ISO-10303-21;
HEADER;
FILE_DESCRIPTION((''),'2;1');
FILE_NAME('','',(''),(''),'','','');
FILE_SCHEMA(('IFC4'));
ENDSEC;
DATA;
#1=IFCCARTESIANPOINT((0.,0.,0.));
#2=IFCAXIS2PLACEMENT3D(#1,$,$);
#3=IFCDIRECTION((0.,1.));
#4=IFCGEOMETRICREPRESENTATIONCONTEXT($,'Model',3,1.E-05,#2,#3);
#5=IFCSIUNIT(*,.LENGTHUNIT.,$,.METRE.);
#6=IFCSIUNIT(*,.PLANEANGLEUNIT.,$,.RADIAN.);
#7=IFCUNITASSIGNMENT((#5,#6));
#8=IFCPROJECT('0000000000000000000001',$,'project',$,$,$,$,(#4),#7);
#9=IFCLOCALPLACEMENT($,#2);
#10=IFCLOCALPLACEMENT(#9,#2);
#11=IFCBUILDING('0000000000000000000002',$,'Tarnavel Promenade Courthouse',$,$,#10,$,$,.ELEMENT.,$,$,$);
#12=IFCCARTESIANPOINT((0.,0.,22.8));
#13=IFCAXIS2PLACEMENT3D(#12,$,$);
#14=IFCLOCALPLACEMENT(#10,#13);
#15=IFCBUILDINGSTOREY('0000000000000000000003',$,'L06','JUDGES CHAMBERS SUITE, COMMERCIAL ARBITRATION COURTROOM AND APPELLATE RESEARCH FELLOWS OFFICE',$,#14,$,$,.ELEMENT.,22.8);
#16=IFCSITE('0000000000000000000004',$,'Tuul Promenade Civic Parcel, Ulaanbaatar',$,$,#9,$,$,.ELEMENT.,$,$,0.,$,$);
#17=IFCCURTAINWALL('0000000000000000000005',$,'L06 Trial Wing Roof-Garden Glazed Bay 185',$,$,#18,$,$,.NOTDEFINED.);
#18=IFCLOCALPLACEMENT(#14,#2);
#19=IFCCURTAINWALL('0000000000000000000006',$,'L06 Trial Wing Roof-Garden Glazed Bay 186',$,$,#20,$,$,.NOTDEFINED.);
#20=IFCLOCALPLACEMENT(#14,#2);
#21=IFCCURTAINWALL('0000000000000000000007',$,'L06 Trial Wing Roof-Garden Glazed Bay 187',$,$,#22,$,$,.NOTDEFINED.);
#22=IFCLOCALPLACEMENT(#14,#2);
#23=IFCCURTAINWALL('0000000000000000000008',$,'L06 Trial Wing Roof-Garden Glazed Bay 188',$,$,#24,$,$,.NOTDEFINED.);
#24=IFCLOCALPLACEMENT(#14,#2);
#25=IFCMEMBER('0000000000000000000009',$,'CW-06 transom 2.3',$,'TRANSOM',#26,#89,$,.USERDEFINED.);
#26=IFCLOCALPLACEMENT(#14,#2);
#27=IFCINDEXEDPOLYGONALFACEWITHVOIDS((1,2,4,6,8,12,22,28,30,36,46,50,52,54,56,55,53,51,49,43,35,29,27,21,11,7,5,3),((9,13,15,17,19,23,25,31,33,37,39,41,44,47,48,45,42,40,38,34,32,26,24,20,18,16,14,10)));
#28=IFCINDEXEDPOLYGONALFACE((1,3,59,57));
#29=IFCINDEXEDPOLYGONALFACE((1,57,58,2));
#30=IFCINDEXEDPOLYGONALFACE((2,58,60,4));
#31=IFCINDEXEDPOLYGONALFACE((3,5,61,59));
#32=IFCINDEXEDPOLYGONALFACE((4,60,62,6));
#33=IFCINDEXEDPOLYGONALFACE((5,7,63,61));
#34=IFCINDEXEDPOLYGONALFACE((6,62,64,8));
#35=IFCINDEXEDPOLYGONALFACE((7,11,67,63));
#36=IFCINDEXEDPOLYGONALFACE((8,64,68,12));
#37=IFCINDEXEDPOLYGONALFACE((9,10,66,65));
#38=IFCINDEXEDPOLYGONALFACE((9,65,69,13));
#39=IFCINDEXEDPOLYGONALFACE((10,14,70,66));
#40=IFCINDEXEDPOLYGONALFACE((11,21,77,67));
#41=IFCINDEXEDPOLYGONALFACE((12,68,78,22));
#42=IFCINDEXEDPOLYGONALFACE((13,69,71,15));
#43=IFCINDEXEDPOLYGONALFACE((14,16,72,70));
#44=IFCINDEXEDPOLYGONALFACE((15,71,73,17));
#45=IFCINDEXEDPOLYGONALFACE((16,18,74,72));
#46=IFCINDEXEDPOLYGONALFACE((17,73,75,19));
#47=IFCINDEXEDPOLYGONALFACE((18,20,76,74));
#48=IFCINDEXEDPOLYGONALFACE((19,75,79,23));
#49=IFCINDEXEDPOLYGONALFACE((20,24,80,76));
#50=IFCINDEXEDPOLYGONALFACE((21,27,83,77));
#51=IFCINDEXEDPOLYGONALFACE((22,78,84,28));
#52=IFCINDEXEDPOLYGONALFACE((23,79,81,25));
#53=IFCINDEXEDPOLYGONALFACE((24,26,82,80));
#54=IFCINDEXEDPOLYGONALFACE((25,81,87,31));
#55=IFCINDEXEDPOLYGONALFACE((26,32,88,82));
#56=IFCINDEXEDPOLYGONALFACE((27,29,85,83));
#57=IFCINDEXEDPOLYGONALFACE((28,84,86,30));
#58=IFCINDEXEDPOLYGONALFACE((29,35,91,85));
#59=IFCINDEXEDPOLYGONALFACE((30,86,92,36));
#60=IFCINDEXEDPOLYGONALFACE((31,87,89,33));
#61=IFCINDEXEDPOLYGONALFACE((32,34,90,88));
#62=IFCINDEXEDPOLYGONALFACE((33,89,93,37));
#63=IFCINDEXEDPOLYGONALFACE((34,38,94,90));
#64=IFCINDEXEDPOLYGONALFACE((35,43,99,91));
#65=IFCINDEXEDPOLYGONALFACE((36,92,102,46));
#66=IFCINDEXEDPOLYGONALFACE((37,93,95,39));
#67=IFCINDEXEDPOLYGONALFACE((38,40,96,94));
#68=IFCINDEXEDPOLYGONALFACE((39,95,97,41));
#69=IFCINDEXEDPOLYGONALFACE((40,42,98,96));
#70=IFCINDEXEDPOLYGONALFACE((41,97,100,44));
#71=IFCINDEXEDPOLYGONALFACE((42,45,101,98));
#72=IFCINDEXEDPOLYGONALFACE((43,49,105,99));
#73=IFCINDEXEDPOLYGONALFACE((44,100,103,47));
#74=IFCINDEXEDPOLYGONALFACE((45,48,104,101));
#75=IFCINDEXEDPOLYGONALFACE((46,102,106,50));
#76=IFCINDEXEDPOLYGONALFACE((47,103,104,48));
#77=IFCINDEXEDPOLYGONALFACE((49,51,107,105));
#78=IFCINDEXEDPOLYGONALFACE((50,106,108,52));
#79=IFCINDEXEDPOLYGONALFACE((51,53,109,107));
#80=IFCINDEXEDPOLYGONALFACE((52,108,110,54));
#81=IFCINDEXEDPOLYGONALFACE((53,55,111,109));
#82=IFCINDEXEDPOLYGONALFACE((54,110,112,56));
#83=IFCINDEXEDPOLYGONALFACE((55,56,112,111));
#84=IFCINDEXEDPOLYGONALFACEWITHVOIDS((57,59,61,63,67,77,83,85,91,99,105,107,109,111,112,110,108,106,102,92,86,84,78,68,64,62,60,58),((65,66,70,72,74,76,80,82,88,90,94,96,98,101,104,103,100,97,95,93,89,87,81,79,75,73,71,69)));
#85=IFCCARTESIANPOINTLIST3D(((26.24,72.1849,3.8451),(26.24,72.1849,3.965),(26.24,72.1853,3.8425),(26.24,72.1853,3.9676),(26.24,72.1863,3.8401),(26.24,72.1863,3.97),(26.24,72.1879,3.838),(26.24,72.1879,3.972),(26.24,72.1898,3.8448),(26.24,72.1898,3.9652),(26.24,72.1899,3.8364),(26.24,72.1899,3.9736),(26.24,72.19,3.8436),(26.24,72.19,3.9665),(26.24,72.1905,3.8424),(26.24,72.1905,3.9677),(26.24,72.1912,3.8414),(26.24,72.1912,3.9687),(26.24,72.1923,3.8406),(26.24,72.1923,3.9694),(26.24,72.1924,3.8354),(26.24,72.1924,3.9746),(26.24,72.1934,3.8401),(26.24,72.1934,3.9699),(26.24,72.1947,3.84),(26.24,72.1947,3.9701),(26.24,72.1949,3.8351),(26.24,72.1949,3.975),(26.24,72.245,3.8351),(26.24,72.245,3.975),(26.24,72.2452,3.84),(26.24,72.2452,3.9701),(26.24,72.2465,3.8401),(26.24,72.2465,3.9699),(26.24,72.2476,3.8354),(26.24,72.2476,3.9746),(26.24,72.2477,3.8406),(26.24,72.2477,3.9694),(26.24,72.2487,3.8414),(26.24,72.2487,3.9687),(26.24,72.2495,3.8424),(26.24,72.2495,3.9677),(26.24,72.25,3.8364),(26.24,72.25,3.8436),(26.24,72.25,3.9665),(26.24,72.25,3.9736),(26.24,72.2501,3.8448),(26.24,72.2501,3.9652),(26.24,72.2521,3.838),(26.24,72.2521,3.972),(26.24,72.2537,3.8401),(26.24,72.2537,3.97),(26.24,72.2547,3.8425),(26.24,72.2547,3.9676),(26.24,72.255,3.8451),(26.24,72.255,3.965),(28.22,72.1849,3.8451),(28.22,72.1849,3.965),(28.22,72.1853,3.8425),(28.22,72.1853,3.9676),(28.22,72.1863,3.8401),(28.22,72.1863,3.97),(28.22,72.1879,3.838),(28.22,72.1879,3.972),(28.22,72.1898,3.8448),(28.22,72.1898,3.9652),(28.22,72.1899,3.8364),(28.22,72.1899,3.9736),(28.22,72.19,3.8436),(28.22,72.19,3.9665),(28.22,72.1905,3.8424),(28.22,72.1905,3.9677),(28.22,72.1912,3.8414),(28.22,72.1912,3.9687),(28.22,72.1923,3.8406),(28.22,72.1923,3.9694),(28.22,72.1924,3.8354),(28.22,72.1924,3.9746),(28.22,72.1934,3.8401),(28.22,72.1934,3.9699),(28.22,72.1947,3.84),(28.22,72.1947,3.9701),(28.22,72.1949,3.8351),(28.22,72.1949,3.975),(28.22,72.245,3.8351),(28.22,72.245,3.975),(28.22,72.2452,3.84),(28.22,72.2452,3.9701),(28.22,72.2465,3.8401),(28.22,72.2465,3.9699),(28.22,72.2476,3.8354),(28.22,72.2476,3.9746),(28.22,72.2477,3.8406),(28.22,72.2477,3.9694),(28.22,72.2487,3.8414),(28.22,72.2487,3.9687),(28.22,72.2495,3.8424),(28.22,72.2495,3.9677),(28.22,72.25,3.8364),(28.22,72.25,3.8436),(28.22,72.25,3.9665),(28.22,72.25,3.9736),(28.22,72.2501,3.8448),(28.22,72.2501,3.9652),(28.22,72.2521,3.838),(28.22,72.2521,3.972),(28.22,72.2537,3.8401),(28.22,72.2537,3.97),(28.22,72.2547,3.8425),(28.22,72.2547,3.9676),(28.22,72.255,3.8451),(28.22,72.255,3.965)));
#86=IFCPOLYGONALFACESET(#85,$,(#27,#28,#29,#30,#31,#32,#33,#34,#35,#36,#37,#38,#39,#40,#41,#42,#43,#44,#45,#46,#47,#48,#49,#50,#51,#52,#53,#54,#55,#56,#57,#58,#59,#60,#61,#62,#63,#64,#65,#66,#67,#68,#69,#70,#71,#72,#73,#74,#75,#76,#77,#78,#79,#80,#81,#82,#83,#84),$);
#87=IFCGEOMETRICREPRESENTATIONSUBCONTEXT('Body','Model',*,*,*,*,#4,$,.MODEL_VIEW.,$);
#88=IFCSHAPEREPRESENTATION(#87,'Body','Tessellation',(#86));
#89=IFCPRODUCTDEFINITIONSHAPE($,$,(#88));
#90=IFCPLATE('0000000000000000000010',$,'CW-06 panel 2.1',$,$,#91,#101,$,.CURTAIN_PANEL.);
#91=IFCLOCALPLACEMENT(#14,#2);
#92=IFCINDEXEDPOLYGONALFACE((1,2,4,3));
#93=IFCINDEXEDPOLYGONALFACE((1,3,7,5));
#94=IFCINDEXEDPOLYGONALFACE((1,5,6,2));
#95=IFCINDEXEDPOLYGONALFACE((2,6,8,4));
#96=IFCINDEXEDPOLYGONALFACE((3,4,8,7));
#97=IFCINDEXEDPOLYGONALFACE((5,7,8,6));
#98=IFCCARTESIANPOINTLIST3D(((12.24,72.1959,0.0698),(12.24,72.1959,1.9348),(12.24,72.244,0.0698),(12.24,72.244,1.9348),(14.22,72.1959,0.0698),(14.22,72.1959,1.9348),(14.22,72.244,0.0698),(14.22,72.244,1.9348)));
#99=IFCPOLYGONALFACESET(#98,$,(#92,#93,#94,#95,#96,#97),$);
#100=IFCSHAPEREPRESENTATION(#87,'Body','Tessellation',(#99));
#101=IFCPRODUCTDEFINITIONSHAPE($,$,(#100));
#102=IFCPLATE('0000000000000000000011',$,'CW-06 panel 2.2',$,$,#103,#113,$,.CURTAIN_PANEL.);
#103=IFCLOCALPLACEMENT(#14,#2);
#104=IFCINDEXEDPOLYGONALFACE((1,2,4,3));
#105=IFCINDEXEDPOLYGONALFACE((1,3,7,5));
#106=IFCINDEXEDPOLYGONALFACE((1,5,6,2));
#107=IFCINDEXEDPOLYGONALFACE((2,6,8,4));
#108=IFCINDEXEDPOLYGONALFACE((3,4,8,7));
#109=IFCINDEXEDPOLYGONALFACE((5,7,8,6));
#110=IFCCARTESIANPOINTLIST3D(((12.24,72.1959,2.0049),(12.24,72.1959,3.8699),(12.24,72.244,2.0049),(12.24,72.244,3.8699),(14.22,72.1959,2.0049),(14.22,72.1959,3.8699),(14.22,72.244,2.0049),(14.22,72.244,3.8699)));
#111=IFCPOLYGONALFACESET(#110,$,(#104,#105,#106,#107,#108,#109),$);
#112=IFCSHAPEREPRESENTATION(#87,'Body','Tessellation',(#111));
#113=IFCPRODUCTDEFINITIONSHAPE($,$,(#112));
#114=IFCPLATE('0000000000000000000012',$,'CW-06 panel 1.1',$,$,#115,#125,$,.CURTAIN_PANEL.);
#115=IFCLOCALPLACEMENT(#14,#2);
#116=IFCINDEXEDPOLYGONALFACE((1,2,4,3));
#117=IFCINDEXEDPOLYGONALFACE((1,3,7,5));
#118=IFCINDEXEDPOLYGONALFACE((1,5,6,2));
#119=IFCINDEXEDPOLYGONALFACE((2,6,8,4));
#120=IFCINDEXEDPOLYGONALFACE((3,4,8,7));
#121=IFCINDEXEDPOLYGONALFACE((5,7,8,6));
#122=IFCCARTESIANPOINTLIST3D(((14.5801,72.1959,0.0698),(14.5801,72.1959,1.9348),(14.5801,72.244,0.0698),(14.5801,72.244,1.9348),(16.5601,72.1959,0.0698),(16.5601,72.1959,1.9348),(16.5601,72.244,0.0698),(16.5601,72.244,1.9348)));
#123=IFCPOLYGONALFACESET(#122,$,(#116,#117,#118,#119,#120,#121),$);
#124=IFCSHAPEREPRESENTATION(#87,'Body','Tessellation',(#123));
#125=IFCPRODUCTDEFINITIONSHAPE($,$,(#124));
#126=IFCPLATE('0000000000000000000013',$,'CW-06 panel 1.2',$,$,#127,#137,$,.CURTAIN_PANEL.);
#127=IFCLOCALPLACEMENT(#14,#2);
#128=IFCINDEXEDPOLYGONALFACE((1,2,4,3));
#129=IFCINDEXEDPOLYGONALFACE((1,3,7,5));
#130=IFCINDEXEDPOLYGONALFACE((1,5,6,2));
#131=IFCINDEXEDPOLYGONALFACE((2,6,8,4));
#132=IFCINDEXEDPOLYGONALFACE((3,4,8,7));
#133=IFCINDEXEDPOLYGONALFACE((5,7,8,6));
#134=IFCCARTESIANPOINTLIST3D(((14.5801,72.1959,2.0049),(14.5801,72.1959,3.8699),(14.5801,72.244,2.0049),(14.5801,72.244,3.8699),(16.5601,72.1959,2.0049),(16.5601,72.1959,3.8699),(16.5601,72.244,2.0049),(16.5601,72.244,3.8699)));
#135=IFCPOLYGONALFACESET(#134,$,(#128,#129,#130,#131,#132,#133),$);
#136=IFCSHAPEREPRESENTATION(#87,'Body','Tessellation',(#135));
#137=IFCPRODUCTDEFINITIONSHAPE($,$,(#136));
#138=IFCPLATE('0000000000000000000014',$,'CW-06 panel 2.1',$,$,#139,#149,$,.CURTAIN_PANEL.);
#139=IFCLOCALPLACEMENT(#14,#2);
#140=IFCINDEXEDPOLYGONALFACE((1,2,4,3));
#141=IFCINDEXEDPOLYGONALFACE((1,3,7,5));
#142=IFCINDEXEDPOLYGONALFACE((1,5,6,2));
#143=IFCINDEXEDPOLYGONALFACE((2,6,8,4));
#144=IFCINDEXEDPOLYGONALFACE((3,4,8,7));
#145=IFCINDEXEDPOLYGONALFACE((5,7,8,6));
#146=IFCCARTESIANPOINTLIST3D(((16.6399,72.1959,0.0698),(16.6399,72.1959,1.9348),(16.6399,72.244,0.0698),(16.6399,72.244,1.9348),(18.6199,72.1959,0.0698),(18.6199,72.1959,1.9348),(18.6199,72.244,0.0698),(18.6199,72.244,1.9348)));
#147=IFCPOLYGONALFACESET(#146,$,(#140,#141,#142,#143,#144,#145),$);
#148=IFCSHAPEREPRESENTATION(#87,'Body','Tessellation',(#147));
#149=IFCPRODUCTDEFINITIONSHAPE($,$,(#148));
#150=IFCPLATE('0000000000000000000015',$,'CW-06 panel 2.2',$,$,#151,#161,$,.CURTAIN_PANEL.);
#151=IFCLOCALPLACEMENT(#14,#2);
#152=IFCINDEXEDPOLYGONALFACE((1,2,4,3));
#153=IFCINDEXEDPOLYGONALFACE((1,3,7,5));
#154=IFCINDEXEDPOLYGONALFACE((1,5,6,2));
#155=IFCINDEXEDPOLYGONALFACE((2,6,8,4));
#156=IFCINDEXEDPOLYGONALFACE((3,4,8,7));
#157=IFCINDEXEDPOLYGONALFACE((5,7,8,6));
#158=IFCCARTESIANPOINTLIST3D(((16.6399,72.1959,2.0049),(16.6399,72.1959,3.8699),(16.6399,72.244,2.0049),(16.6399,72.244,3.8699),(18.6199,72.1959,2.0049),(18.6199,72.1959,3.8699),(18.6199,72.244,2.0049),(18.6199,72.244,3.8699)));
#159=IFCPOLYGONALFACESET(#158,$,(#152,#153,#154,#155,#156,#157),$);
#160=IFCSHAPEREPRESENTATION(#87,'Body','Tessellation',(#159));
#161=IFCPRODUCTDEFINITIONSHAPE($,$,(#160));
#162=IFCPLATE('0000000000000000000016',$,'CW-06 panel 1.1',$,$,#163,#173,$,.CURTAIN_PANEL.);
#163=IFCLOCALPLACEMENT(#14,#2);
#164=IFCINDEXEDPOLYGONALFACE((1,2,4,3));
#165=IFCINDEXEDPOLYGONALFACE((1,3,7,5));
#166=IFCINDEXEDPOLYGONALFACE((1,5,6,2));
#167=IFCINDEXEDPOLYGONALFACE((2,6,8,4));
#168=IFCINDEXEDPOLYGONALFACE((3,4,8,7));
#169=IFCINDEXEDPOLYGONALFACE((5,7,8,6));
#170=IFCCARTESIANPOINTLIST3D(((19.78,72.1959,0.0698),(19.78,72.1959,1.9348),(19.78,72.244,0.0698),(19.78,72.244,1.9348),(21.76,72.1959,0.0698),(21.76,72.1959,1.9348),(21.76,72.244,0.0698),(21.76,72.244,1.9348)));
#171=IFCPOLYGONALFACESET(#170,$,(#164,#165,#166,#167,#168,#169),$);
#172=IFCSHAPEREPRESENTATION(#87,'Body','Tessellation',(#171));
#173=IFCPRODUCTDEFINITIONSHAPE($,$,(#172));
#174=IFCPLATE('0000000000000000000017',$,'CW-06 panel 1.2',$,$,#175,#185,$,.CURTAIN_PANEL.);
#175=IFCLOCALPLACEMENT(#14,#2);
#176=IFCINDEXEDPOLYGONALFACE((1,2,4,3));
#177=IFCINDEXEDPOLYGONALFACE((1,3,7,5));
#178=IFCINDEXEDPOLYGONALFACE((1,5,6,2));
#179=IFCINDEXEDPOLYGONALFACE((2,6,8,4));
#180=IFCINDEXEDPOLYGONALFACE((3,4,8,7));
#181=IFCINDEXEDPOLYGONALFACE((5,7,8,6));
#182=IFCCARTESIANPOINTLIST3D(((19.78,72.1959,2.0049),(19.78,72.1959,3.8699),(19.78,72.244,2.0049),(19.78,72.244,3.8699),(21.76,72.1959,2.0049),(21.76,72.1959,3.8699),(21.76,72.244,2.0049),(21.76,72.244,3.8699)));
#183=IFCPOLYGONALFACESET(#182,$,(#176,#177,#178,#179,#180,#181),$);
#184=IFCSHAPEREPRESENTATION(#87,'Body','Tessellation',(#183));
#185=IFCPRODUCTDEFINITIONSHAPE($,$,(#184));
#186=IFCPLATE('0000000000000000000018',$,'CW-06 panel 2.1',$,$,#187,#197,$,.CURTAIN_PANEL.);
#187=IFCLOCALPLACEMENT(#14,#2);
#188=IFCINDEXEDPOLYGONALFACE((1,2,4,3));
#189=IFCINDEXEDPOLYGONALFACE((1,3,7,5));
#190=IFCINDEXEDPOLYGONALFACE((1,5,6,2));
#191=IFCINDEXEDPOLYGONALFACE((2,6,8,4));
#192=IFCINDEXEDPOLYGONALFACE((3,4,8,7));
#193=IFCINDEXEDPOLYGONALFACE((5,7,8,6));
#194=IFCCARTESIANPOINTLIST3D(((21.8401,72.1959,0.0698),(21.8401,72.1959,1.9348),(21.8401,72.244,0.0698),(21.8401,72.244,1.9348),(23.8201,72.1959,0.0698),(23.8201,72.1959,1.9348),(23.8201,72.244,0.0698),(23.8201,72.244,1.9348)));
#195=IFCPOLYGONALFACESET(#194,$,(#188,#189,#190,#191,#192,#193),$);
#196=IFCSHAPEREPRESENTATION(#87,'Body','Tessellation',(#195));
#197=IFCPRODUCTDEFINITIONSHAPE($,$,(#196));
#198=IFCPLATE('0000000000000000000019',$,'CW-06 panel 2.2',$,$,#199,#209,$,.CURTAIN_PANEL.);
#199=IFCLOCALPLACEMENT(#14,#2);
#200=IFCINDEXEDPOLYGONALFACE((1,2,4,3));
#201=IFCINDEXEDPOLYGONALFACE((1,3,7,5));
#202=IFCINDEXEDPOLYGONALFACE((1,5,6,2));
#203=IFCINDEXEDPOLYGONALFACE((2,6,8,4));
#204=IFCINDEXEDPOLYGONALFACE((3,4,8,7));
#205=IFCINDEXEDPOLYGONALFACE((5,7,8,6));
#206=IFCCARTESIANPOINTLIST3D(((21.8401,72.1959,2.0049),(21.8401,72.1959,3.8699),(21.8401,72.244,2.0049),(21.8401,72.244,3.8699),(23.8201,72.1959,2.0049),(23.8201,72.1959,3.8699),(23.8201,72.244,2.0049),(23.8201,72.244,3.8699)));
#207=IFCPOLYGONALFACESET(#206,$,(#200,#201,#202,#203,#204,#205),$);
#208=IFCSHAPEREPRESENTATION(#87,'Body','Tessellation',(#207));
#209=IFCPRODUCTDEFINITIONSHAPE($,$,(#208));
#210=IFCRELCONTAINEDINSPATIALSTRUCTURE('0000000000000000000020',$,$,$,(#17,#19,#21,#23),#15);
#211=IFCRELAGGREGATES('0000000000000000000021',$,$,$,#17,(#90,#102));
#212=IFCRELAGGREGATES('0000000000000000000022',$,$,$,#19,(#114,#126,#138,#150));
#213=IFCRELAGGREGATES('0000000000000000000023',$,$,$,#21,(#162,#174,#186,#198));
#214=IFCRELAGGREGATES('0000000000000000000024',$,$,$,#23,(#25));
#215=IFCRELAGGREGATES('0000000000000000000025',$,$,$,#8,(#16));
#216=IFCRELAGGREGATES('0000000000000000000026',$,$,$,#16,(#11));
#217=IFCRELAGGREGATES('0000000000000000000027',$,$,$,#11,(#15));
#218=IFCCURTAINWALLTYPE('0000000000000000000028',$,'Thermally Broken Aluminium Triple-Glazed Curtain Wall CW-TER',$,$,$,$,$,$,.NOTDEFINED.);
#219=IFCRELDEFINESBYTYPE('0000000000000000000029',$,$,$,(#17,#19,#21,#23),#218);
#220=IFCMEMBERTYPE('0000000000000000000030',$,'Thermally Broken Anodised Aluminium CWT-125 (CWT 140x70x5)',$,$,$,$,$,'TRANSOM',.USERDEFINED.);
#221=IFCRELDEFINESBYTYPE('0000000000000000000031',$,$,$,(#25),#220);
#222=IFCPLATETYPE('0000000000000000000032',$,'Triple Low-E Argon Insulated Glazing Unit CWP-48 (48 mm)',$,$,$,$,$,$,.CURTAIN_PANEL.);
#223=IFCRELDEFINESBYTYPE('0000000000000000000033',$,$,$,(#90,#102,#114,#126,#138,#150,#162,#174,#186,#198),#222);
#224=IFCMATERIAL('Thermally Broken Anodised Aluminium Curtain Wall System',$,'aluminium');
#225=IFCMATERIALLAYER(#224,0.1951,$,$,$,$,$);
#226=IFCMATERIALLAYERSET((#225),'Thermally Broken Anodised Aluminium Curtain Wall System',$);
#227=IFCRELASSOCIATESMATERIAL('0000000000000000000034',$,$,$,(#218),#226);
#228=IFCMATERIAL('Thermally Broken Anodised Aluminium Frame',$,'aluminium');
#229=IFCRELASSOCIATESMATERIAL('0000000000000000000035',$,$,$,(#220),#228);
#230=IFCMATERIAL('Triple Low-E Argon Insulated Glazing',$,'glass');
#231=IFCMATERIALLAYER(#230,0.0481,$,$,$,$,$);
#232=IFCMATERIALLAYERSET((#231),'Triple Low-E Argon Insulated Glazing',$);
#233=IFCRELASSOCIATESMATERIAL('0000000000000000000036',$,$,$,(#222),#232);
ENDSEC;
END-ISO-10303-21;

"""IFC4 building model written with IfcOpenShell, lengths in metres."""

from ifc_helpers import new_model, si_unit, direction, frame, origin, origin_2d, place, context, subcontext, project, spatial, rectangle, hollow_rectangle, extrude, material, layer, layer_set, material_profile, profile_set, type_object, element, aggregate, save


model = new_model("IFC4")

# Units and contexts
model_context = context("Model", 3, precision=1e-05, world=origin(), true_north=direction((0.0, 1.0)))
body_context = subcontext(model_context, "Body", "Model", "MODEL_VIEW")
ifc_project = project(units=[si_unit("LENGTHUNIT", "METRE"), si_unit("PLANEANGLEUNIT", "RADIAN")], contexts=[model_context])

# Site, building, storey
site_placement = place(None, origin())
site = spatial("IfcSite", under=ifc_project, at=site_placement, Name="Tuul Promenade Civic Parcel, Ulaanbaatar", CompositionType="ELEMENT", RefElevation=0.0)
building_placement = place(site_placement, origin())
building = spatial("IfcBuilding", under=site, at=building_placement, Name="Tarnavel Promenade Courthouse", CompositionType="ELEMENT")
storey_placement = place(building_placement, frame((0.0, 0.0, 22.8)))
storey = spatial("IfcBuildingStorey", under=building, at=storey_placement, Name="L06", Description="JUDGES CHAMBERS SUITE, COMMERCIAL ARBITRATION COURTROOM AND APPELLATE RESEARCH FELLOWS OFFICE", CompositionType="ELEMENT", Elevation=22.8)

# Curtain wall
ifc_material_1 = material(Name="Thermally Broken Anodised Aluminium Curtain Wall System", Category="aluminium")
ifc_layer_1 = layer(ifc_material_1, 0.1951)
ifc_layer_set_1 = layer_set([ifc_layer_1], Name="Thermally Broken Anodised Aluminium Curtain Wall System")
curtain_wall_type = type_object("IfcCurtainWallType", Name="Thermally Broken Aluminium Triple-Glazed Curtain Wall CW-TER", PredefinedType="NOTDEFINED", material=ifc_layer_set_1)
curtain_wall_1_placement = place(storey_placement, origin())
curtain_wall_1 = element("IfcCurtainWall", 1, at=curtain_wall_1_placement, inside=storey, type_object=curtain_wall_type, Name="L06 Trial Wing Roof-Garden Glazed Bay 185", PredefinedType="NOTDEFINED")
ifc_material_2 = material(Name="Thermally Broken Anodised Aluminium Frame", Category="aluminium")

# Curtain walls
curtain_wall_2_placement = place(storey_placement, origin())
curtain_wall_2 = element("IfcCurtainWall", 2, at=curtain_wall_2_placement, inside=storey, type_object=curtain_wall_type, Name="L06 Trial Wing Roof-Garden Glazed Bay 186", PredefinedType="NOTDEFINED")
curtain_wall_3_placement = place(storey_placement, origin())
curtain_wall_3 = element("IfcCurtainWall", 3, at=curtain_wall_3_placement, inside=storey, type_object=curtain_wall_type, Name="L06 Trial Wing Roof-Garden Glazed Bay 187", PredefinedType="NOTDEFINED")
curtain_wall_4_placement = place(storey_placement, origin())
curtain_wall_4 = element("IfcCurtainWall", 4, at=curtain_wall_4_placement, inside=storey, type_object=curtain_wall_type, Name="L06 Trial Wing Roof-Garden Glazed Bay 188", PredefinedType="NOTDEFINED")

# Member
ifc_material_profile_1 = material_profile(ifc_material_2, hollow_rectangle(XDim=0.0701, YDim=0.1399, WallThickness=0.0049, InnerFilletRadius=0.0049, OuterFilletRadius=0.01, at=origin_2d()), Name="CWT 140x70x5")
ifc_profile_set_1 = profile_set([ifc_material_profile_1], Name="Thermally Broken Anodised Aluminium Frame")
member_type_1 = type_object("IfcMemberType", Name="Thermally Broken Anodised Aluminium CWT-125 (CWT 140x70x5)", ElementType="TRANSOM", PredefinedType="USERDEFINED", material=ifc_profile_set_1)
member_1_placement = place(storey_placement, frame((26.24, 72.22, 3.905), z_axis=(1.0, 0.0, 0.0), x_axis=(0.0, 1.0, 0.0)))
member_1 = element("IfcMember", 5, at=member_1_placement, type_object=member_type_1, Name="CW-06 transom 2.3", ObjectType="TRANSOM", PredefinedType="USERDEFINED", context=body_context, shape_type="SweptSolid", body=[
    extrude(hollow_rectangle(XDim=0.0701, YDim=0.1399, WallThickness=0.0049, InnerFilletRadius=0.0049, OuterFilletRadius=0.01, at=origin_2d()), origin(), (0.0, 0.0, 1.0), 1.98),
])

# Plates
ifc_material_3 = material(Name="Triple Low-E Argon Insulated Glazing", Category="glass")
ifc_layer_2 = layer(ifc_material_3, 0.0481)
ifc_layer_set_2 = layer_set([ifc_layer_2], Name="Triple Low-E Argon Insulated Glazing")
plate_type = type_object("IfcPlateType", Name="Triple Low-E Argon Insulated Glazing Unit CWP-48 (48 mm)", PredefinedType="CURTAIN_PANEL", material=ifc_layer_set_2)
plate_1_placement = place(storey_placement, frame((13.23, 72.22, 0.0698), z_axis=(0.0, 0.0, 1.0), x_axis=(1.0, 0.0, 0.0)))
plate_1 = element("IfcPlate", 6, at=plate_1_placement, type_object=plate_type, Name="CW-06 panel 2.1", PredefinedType="CURTAIN_PANEL", context=body_context, shape_type="SweptSolid", body=[
    extrude(rectangle(XDim=1.98, YDim=0.0481, at=origin_2d()), origin(), (0.0, 0.0, 1.0), 1.865),
])
plate_2_placement = place(storey_placement, frame((13.23, 72.22, 2.0049), z_axis=(0.0, 0.0, 1.0), x_axis=(1.0, 0.0, 0.0)))
plate_2 = element("IfcPlate", 7, at=plate_2_placement, type_object=plate_type, Name="CW-06 panel 2.2", PredefinedType="CURTAIN_PANEL", context=body_context, shape_type="SweptSolid", body=[
    extrude(rectangle(XDim=1.98, YDim=0.0481, at=origin_2d()), origin(), (0.0, 0.0, 1.0), 1.865),
])
aggregate(curtain_wall_1, [plate_1, plate_2])
plate_3_placement = place(storey_placement, frame((15.5701, 72.22, 0.0698), z_axis=(0.0, 0.0, 1.0), x_axis=(1.0, 0.0, 0.0)))
plate_3 = element("IfcPlate", 8, at=plate_3_placement, type_object=plate_type, Name="CW-06 panel 1.1", PredefinedType="CURTAIN_PANEL", context=body_context, shape_type="SweptSolid", body=[
    extrude(rectangle(XDim=1.98, YDim=0.0481, at=origin_2d()), origin(), (0.0, 0.0, 1.0), 1.865),
])
plate_4_placement = place(storey_placement, frame((15.5701, 72.22, 2.0049), z_axis=(0.0, 0.0, 1.0), x_axis=(1.0, 0.0, 0.0)))
plate_4 = element("IfcPlate", 9, at=plate_4_placement, type_object=plate_type, Name="CW-06 panel 1.2", PredefinedType="CURTAIN_PANEL", context=body_context, shape_type="SweptSolid", body=[
    extrude(rectangle(XDim=1.98, YDim=0.0481, at=origin_2d()), origin(), (0.0, 0.0, 1.0), 1.865),
])
plate_5_placement = place(storey_placement, frame((17.6299, 72.22, 0.0698), z_axis=(0.0, 0.0, 1.0), x_axis=(1.0, 0.0, 0.0)))
plate_5 = element("IfcPlate", 10, at=plate_5_placement, type_object=plate_type, Name="CW-06 panel 2.1", PredefinedType="CURTAIN_PANEL", context=body_context, shape_type="SweptSolid", body=[
    extrude(rectangle(XDim=1.98, YDim=0.0481, at=origin_2d()), origin(), (0.0, 0.0, 1.0), 1.865),
])
plate_6_placement = place(storey_placement, frame((17.6299, 72.22, 2.0049), z_axis=(0.0, 0.0, 1.0), x_axis=(1.0, 0.0, 0.0)))
plate_6 = element("IfcPlate", 11, at=plate_6_placement, type_object=plate_type, Name="CW-06 panel 2.2", PredefinedType="CURTAIN_PANEL", context=body_context, shape_type="SweptSolid", body=[
    extrude(rectangle(XDim=1.98, YDim=0.0481, at=origin_2d()), origin(), (0.0, 0.0, 1.0), 1.865),
])
aggregate(curtain_wall_2, [plate_3, plate_4, plate_5, plate_6])
plate_7_placement = place(storey_placement, frame((20.77, 72.22, 0.0698), z_axis=(0.0, 0.0, 1.0), x_axis=(1.0, 0.0, 0.0)))
plate_7 = element("IfcPlate", 12, at=plate_7_placement, type_object=plate_type, Name="CW-06 panel 1.1", PredefinedType="CURTAIN_PANEL", context=body_context, shape_type="SweptSolid", body=[
    extrude(rectangle(XDim=1.98, YDim=0.0481, at=origin_2d()), origin(), (0.0, 0.0, 1.0), 1.865),
])
plate_8_placement = place(storey_placement, frame((20.77, 72.22, 2.0049), z_axis=(0.0, 0.0, 1.0), x_axis=(1.0, 0.0, 0.0)))
plate_8 = element("IfcPlate", 13, at=plate_8_placement, type_object=plate_type, Name="CW-06 panel 1.2", PredefinedType="CURTAIN_PANEL", context=body_context, shape_type="SweptSolid", body=[
    extrude(rectangle(XDim=1.98, YDim=0.0481, at=origin_2d()), origin(), (0.0, 0.0, 1.0), 1.865),
])
plate_9_placement = place(storey_placement, frame((22.8301, 72.22, 0.0698), z_axis=(0.0, 0.0, 1.0), x_axis=(1.0, 0.0, 0.0)))
plate_9 = element("IfcPlate", 14, at=plate_9_placement, type_object=plate_type, Name="CW-06 panel 2.1", PredefinedType="CURTAIN_PANEL", context=body_context, shape_type="SweptSolid", body=[
    extrude(rectangle(XDim=1.98, YDim=0.0481, at=origin_2d()), origin(), (0.0, 0.0, 1.0), 1.865),
])
plate_10_placement = place(storey_placement, frame((22.8301, 72.22, 2.0049), z_axis=(0.0, 0.0, 1.0), x_axis=(1.0, 0.0, 0.0)))
plate_10 = element("IfcPlate", 15, at=plate_10_placement, type_object=plate_type, Name="CW-06 panel 2.2", PredefinedType="CURTAIN_PANEL", context=body_context, shape_type="SweptSolid", body=[
    extrude(rectangle(XDim=1.98, YDim=0.0481, at=origin_2d()), origin(), (0.0, 0.0, 1.0), 1.865),
])
aggregate(curtain_wall_3, [plate_7, plate_8, plate_9, plate_10])
aggregate(curtain_wall_4, [member_1])

save(model, "model.ifc")
